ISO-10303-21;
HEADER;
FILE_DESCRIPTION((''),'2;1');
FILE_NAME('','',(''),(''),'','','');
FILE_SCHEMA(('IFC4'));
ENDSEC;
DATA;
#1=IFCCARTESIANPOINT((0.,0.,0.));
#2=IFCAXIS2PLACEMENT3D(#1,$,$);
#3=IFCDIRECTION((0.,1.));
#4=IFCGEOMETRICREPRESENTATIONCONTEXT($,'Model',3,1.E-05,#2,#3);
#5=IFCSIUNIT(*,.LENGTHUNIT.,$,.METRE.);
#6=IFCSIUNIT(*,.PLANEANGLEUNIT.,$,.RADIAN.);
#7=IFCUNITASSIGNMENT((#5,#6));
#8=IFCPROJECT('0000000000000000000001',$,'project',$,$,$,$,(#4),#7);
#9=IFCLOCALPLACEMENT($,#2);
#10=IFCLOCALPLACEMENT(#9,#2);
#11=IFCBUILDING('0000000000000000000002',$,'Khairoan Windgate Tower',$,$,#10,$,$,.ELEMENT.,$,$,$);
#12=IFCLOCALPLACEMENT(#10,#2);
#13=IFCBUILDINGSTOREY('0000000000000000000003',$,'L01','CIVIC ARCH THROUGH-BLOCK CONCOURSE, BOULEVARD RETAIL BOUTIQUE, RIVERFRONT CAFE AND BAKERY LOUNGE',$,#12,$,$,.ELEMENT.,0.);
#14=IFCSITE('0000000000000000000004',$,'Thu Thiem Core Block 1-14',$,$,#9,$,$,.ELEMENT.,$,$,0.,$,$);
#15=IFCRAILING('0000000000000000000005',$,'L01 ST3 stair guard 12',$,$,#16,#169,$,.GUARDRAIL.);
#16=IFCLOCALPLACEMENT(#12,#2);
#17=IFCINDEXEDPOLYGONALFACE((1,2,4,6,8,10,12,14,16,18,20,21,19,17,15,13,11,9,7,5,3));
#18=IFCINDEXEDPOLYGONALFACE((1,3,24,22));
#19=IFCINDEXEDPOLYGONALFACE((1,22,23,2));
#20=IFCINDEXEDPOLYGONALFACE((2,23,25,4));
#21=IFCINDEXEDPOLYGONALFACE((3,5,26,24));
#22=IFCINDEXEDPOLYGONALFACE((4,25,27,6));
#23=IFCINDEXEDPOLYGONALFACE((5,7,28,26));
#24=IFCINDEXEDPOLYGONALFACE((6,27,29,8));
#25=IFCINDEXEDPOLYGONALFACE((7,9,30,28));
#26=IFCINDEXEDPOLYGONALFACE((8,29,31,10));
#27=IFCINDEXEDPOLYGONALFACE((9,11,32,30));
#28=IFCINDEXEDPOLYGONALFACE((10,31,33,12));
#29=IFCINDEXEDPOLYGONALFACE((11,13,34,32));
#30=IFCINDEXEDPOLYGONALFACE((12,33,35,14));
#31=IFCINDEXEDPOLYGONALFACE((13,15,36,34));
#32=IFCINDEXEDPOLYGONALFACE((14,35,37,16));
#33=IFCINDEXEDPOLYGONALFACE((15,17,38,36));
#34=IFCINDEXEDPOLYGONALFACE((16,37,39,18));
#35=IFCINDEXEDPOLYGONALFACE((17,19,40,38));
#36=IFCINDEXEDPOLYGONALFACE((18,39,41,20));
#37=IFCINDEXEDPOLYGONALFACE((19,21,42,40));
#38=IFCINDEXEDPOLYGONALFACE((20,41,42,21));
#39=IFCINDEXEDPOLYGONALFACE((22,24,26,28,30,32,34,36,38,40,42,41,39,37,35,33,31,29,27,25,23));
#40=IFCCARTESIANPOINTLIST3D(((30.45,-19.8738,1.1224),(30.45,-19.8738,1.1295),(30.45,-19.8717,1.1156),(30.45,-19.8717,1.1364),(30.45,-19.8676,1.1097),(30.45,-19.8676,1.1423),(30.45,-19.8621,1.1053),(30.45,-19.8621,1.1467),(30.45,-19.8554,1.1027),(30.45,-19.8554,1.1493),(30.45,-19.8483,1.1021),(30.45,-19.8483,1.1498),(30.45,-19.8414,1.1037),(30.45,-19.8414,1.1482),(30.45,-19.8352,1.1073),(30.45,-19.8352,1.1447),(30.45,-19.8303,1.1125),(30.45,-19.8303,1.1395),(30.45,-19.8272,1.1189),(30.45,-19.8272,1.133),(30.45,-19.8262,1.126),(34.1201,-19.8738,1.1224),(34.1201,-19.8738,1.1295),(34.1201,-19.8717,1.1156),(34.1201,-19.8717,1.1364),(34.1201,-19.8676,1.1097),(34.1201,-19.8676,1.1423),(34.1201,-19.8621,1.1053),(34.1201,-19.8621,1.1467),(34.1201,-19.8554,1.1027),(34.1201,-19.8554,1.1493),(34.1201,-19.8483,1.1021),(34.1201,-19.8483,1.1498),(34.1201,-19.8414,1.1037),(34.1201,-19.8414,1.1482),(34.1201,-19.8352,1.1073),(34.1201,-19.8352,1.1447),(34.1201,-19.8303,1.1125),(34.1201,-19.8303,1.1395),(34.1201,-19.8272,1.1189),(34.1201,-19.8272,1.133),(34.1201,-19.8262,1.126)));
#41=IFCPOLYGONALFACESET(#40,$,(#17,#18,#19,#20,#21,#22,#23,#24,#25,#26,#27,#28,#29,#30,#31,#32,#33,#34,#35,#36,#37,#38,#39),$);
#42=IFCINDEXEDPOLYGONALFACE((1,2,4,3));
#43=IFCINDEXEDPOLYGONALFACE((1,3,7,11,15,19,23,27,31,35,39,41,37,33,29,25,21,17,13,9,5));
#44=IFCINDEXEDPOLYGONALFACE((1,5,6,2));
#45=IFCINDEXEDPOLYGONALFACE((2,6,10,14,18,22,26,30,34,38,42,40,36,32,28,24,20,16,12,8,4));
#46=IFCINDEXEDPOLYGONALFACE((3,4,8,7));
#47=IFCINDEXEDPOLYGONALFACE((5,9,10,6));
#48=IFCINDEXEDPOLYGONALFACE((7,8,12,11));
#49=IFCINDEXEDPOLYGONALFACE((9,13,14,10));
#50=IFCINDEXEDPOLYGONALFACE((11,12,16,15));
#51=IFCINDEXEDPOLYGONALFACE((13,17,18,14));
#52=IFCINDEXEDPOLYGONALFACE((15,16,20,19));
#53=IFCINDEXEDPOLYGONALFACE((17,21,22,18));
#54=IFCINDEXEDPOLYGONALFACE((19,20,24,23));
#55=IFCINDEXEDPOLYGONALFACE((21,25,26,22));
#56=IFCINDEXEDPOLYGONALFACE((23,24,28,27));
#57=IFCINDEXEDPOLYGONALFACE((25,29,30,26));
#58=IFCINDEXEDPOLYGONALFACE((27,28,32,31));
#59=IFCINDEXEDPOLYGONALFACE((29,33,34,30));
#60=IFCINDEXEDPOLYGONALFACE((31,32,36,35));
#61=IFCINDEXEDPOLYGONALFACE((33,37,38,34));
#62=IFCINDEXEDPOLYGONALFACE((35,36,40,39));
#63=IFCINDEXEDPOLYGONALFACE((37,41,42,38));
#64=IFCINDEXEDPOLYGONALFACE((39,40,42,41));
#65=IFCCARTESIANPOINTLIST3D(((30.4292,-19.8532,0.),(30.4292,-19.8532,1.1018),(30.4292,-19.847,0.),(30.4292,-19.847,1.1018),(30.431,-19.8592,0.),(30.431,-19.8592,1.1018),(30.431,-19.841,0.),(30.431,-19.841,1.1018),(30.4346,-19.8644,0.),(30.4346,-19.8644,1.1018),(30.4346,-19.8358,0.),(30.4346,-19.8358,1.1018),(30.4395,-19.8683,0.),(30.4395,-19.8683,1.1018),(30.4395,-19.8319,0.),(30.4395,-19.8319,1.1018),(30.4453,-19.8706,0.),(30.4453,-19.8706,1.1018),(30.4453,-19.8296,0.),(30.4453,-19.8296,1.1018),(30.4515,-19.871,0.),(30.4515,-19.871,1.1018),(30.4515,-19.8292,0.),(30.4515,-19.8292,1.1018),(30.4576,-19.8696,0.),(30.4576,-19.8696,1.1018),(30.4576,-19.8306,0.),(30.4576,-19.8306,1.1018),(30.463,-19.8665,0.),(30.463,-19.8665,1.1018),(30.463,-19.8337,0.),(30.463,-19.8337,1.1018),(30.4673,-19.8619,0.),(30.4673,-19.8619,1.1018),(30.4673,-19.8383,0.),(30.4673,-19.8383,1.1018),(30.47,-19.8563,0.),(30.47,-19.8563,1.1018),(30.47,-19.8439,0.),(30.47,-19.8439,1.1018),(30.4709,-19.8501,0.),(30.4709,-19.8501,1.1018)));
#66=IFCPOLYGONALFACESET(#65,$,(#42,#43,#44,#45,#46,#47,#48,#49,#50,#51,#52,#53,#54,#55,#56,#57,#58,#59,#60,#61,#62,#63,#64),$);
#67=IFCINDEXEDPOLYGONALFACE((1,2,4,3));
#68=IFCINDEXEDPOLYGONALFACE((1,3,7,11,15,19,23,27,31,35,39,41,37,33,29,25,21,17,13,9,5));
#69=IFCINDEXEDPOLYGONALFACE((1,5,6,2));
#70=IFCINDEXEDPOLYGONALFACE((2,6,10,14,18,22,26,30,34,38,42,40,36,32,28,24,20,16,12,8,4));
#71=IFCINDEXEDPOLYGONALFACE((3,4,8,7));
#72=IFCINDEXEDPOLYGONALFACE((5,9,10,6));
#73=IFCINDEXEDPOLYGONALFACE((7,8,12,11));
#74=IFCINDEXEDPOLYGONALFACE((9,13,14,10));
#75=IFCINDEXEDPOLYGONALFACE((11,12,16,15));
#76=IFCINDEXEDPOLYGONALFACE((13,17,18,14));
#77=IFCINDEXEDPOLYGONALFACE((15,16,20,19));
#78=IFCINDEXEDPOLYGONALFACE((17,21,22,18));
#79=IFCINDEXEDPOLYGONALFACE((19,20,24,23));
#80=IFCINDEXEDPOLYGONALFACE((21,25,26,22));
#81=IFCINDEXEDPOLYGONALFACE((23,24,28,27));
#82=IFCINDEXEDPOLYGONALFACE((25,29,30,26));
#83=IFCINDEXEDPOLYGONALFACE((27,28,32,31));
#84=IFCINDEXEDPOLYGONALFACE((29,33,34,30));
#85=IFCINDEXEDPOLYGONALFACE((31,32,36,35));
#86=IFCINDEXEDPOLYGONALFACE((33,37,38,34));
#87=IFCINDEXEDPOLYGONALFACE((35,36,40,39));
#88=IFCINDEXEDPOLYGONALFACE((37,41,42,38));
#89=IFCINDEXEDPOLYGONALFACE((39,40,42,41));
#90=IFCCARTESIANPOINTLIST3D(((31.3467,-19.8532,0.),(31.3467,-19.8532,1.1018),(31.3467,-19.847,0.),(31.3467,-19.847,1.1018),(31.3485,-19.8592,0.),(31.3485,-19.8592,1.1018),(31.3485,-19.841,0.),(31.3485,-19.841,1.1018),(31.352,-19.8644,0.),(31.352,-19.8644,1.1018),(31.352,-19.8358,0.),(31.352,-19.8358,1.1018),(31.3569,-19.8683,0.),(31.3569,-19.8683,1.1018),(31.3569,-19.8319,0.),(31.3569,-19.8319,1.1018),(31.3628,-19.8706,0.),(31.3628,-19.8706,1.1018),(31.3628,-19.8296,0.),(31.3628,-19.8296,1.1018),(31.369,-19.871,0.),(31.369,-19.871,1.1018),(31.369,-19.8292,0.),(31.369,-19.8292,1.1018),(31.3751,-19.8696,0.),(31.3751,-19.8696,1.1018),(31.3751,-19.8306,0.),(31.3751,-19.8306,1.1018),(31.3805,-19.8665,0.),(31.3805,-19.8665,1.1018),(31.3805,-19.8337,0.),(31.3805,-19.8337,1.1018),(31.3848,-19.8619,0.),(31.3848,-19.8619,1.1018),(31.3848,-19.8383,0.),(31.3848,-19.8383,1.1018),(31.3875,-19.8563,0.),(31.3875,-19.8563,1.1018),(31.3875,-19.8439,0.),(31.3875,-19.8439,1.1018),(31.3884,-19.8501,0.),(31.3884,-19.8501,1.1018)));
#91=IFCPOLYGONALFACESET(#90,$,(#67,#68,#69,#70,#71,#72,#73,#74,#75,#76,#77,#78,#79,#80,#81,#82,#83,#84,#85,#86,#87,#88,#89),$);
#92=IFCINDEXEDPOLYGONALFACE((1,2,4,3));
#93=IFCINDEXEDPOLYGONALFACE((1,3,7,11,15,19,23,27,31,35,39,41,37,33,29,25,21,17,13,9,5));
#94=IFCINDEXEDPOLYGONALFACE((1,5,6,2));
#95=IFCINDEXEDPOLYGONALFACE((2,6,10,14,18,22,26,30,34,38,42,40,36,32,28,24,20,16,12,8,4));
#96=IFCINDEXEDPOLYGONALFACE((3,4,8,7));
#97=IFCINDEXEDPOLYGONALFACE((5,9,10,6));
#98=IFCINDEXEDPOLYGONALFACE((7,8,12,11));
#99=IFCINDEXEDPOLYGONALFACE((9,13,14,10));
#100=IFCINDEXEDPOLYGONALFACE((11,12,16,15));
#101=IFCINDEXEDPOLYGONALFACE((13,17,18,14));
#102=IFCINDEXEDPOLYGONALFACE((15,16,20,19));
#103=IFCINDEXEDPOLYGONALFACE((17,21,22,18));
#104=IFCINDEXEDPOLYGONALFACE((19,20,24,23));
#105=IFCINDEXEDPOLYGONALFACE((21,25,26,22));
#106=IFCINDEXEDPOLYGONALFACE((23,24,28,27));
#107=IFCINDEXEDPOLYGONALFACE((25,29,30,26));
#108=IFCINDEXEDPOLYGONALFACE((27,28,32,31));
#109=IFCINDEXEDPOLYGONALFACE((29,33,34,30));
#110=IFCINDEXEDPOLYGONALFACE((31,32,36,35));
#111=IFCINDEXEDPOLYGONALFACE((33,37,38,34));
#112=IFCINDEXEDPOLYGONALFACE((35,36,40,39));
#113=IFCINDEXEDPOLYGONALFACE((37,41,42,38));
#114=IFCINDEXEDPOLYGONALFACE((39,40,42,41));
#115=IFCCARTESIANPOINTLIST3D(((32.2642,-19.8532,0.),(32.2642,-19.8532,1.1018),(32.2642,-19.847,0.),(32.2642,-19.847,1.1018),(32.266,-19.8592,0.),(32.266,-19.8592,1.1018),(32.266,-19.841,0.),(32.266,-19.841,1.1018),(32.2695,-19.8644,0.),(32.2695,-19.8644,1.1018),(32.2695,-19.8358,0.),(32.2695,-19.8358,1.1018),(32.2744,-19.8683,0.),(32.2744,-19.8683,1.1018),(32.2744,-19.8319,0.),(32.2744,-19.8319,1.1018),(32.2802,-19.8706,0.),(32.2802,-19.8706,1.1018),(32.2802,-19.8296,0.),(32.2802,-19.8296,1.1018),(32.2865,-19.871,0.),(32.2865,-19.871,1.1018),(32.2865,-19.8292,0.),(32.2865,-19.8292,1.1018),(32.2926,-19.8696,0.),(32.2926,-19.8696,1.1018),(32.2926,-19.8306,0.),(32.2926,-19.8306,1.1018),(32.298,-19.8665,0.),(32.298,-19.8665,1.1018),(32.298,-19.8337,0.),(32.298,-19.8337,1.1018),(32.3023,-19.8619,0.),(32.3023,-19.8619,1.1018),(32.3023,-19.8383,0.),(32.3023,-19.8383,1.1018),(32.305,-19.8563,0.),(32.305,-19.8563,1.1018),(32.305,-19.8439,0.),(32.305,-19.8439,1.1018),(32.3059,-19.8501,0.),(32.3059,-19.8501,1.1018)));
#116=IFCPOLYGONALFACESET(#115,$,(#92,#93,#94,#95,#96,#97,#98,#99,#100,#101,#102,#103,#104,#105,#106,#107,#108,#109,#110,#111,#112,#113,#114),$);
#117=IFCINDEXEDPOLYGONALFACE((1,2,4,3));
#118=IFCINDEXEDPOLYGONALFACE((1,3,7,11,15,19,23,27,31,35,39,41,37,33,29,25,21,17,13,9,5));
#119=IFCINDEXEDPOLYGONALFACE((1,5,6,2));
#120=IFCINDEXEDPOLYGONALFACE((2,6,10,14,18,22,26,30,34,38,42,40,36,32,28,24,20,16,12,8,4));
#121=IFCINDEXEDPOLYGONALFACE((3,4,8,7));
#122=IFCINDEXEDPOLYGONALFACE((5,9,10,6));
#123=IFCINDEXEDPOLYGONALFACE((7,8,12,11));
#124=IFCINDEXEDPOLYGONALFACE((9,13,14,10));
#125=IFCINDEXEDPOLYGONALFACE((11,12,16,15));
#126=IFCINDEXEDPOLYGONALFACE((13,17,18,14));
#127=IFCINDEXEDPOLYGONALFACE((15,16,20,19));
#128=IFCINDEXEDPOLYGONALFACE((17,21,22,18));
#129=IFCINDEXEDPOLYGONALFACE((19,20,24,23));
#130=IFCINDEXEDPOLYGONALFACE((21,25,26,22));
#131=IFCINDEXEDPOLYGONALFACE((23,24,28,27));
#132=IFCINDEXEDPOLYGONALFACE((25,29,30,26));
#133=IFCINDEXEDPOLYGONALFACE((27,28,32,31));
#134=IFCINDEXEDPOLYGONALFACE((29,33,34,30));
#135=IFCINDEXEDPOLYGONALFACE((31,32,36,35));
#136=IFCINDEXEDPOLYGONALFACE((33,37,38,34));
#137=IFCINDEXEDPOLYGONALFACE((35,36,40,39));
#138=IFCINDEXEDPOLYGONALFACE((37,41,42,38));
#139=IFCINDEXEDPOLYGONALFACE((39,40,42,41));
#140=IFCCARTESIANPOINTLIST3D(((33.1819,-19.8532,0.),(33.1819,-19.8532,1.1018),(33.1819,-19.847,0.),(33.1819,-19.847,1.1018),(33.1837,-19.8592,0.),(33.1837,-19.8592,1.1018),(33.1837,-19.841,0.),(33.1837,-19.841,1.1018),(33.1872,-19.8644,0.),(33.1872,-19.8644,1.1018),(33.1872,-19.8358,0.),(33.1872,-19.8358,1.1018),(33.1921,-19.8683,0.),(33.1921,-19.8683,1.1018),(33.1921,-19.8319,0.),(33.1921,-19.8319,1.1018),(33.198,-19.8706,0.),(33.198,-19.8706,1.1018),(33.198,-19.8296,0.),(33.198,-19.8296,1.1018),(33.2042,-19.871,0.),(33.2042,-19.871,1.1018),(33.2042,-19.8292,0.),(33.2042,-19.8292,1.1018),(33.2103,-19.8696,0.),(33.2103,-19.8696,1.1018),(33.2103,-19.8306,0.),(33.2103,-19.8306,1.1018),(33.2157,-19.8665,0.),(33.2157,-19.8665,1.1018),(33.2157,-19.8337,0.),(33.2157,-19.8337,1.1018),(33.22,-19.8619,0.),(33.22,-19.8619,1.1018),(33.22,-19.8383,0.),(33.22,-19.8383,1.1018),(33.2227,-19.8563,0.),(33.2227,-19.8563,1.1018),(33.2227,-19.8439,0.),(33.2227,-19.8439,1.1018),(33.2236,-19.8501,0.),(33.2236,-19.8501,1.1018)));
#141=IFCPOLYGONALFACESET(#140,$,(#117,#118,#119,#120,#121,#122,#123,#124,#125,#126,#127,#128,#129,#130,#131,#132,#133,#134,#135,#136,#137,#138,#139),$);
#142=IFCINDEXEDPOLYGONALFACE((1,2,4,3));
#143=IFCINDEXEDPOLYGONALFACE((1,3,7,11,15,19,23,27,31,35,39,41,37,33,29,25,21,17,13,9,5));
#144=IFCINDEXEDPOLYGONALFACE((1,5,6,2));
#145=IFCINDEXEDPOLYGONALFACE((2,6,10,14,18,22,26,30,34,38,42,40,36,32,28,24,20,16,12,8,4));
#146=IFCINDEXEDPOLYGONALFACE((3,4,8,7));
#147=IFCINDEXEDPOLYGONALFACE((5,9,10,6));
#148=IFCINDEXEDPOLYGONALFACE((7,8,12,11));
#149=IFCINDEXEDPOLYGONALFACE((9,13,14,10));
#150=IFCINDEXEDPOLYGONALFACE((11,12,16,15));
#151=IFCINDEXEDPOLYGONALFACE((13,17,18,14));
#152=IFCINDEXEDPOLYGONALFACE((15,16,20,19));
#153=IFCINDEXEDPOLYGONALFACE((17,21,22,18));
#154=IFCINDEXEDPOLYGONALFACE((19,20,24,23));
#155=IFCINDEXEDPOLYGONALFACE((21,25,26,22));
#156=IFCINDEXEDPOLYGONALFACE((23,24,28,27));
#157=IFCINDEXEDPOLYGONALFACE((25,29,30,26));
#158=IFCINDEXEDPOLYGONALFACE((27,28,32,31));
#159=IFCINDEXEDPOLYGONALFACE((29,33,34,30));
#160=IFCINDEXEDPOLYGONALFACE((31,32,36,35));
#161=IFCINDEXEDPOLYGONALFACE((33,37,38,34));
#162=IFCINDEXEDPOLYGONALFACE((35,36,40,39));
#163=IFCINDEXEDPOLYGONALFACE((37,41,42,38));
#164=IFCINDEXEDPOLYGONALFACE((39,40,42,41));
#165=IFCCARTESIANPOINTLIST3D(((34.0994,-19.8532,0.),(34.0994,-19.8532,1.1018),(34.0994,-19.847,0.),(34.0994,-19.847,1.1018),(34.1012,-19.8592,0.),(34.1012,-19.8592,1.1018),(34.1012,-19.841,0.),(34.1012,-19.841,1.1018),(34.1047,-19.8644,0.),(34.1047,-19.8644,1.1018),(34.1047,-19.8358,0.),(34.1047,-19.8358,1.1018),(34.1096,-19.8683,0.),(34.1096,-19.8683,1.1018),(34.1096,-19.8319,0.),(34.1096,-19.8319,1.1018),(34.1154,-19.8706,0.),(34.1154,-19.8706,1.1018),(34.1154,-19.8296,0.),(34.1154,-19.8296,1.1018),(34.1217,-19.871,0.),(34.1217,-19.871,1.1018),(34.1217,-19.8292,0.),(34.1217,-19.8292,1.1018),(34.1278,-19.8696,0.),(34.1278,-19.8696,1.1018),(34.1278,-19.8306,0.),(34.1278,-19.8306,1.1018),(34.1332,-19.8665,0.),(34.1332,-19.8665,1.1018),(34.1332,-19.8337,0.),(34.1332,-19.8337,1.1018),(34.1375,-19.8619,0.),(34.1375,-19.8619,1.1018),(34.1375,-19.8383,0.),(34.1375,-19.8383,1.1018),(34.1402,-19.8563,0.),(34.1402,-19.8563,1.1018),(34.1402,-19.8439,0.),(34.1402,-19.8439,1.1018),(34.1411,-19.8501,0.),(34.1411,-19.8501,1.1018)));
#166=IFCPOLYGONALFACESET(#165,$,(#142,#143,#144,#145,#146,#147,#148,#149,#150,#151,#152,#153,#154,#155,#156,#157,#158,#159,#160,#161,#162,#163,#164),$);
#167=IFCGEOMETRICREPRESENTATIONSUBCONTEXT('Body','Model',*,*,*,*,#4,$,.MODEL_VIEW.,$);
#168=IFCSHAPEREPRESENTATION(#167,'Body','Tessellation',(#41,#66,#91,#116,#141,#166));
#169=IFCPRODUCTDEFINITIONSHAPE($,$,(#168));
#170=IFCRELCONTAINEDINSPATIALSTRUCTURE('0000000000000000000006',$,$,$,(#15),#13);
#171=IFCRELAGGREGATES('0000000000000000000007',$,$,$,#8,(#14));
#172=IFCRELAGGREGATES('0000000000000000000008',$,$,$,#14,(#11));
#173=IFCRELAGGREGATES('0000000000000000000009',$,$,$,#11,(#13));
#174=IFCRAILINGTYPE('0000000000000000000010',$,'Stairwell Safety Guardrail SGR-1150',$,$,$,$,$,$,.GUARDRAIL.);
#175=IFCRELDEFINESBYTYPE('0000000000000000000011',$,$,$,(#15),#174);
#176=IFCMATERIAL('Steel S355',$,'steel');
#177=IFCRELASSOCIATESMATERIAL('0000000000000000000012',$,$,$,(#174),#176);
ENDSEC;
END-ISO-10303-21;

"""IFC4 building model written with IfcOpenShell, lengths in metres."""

from ifc_helpers import new_model, si_unit, direction, frame, origin, origin_2d, place, context, subcontext, project, spatial, circle, extrude, material, type_object, element, save


model = new_model("IFC4")

# Units and contexts
model_context = context("Model", 3, precision=1e-05, world=origin(), true_north=direction((0.0, 1.0)))
body_context = subcontext(model_context, "Body", "Model", "MODEL_VIEW")
ifc_project = project(units=[si_unit("LENGTHUNIT", "METRE"), si_unit("PLANEANGLEUNIT", "RADIAN")], contexts=[model_context])

# Site, building, storey
site_placement = place(None, origin())
site = spatial("IfcSite", under=ifc_project, at=site_placement, Name="Thu Thiem Core Block 1-14", CompositionType="ELEMENT", RefElevation=0.0)
building_placement = place(site_placement, origin())
building = spatial("IfcBuilding", under=site, at=building_placement, Name="Khairoan Windgate Tower", CompositionType="ELEMENT")
storey_placement = place(building_placement, origin())
storey = spatial("IfcBuildingStorey", under=building, at=storey_placement, Name="L01", Description="CIVIC ARCH THROUGH-BLOCK CONCOURSE, BOULEVARD RETAIL BOUTIQUE, RIVERFRONT CAFE AND BAKERY LOUNGE", CompositionType="ELEMENT", Elevation=0.0)

# Railing
ifc_material_1 = material(Name="Steel S355", Category="steel")
railing_type = type_object("IfcRailingType", Name="Stairwell Safety Guardrail SGR-1150", PredefinedType="GUARDRAIL", material=ifc_material_1)
railing_1_placement = place(storey_placement, frame((30.45, -19.8501, 0.0)))
element("IfcRailing", 1, at=railing_1_placement, inside=storey, type_object=railing_type, Name="L01 ST3 stair guard 12", PredefinedType="GUARDRAIL", context=body_context, shape_type="SweptSolid", body=[
    extrude(circle(Radius=0.0239, at=origin_2d()), frame((0.0, 0.0, 1.126), z_axis=(1.0, 0.0, 0.0), x_axis=(0.0, 1.0, 0.0)), (0.0, 0.0, 1.0), 3.6702),
    extrude(circle(Radius=0.021, at=origin_2d()), origin(), (0.0, 0.0, 1.0), 1.1018),
    extrude(circle(Radius=0.021, at=origin_2d()), frame((0.9175, 0.0, 0.0)), (0.0, 0.0, 1.0), 1.1018),
    extrude(circle(Radius=0.021, at=origin_2d()), frame((1.835, 0.0, 0.0)), (0.0, 0.0, 1.0), 1.1018),
    extrude(circle(Radius=0.021, at=origin_2d()), frame((2.7527, 0.0, 0.0)), (0.0, 0.0, 1.0), 1.1018),
    extrude(circle(Radius=0.021, at=origin_2d()), frame((3.6702, 0.0, 0.0)), (0.0, 0.0, 1.0), 1.1018),
])

save(model, "model.ifc")
